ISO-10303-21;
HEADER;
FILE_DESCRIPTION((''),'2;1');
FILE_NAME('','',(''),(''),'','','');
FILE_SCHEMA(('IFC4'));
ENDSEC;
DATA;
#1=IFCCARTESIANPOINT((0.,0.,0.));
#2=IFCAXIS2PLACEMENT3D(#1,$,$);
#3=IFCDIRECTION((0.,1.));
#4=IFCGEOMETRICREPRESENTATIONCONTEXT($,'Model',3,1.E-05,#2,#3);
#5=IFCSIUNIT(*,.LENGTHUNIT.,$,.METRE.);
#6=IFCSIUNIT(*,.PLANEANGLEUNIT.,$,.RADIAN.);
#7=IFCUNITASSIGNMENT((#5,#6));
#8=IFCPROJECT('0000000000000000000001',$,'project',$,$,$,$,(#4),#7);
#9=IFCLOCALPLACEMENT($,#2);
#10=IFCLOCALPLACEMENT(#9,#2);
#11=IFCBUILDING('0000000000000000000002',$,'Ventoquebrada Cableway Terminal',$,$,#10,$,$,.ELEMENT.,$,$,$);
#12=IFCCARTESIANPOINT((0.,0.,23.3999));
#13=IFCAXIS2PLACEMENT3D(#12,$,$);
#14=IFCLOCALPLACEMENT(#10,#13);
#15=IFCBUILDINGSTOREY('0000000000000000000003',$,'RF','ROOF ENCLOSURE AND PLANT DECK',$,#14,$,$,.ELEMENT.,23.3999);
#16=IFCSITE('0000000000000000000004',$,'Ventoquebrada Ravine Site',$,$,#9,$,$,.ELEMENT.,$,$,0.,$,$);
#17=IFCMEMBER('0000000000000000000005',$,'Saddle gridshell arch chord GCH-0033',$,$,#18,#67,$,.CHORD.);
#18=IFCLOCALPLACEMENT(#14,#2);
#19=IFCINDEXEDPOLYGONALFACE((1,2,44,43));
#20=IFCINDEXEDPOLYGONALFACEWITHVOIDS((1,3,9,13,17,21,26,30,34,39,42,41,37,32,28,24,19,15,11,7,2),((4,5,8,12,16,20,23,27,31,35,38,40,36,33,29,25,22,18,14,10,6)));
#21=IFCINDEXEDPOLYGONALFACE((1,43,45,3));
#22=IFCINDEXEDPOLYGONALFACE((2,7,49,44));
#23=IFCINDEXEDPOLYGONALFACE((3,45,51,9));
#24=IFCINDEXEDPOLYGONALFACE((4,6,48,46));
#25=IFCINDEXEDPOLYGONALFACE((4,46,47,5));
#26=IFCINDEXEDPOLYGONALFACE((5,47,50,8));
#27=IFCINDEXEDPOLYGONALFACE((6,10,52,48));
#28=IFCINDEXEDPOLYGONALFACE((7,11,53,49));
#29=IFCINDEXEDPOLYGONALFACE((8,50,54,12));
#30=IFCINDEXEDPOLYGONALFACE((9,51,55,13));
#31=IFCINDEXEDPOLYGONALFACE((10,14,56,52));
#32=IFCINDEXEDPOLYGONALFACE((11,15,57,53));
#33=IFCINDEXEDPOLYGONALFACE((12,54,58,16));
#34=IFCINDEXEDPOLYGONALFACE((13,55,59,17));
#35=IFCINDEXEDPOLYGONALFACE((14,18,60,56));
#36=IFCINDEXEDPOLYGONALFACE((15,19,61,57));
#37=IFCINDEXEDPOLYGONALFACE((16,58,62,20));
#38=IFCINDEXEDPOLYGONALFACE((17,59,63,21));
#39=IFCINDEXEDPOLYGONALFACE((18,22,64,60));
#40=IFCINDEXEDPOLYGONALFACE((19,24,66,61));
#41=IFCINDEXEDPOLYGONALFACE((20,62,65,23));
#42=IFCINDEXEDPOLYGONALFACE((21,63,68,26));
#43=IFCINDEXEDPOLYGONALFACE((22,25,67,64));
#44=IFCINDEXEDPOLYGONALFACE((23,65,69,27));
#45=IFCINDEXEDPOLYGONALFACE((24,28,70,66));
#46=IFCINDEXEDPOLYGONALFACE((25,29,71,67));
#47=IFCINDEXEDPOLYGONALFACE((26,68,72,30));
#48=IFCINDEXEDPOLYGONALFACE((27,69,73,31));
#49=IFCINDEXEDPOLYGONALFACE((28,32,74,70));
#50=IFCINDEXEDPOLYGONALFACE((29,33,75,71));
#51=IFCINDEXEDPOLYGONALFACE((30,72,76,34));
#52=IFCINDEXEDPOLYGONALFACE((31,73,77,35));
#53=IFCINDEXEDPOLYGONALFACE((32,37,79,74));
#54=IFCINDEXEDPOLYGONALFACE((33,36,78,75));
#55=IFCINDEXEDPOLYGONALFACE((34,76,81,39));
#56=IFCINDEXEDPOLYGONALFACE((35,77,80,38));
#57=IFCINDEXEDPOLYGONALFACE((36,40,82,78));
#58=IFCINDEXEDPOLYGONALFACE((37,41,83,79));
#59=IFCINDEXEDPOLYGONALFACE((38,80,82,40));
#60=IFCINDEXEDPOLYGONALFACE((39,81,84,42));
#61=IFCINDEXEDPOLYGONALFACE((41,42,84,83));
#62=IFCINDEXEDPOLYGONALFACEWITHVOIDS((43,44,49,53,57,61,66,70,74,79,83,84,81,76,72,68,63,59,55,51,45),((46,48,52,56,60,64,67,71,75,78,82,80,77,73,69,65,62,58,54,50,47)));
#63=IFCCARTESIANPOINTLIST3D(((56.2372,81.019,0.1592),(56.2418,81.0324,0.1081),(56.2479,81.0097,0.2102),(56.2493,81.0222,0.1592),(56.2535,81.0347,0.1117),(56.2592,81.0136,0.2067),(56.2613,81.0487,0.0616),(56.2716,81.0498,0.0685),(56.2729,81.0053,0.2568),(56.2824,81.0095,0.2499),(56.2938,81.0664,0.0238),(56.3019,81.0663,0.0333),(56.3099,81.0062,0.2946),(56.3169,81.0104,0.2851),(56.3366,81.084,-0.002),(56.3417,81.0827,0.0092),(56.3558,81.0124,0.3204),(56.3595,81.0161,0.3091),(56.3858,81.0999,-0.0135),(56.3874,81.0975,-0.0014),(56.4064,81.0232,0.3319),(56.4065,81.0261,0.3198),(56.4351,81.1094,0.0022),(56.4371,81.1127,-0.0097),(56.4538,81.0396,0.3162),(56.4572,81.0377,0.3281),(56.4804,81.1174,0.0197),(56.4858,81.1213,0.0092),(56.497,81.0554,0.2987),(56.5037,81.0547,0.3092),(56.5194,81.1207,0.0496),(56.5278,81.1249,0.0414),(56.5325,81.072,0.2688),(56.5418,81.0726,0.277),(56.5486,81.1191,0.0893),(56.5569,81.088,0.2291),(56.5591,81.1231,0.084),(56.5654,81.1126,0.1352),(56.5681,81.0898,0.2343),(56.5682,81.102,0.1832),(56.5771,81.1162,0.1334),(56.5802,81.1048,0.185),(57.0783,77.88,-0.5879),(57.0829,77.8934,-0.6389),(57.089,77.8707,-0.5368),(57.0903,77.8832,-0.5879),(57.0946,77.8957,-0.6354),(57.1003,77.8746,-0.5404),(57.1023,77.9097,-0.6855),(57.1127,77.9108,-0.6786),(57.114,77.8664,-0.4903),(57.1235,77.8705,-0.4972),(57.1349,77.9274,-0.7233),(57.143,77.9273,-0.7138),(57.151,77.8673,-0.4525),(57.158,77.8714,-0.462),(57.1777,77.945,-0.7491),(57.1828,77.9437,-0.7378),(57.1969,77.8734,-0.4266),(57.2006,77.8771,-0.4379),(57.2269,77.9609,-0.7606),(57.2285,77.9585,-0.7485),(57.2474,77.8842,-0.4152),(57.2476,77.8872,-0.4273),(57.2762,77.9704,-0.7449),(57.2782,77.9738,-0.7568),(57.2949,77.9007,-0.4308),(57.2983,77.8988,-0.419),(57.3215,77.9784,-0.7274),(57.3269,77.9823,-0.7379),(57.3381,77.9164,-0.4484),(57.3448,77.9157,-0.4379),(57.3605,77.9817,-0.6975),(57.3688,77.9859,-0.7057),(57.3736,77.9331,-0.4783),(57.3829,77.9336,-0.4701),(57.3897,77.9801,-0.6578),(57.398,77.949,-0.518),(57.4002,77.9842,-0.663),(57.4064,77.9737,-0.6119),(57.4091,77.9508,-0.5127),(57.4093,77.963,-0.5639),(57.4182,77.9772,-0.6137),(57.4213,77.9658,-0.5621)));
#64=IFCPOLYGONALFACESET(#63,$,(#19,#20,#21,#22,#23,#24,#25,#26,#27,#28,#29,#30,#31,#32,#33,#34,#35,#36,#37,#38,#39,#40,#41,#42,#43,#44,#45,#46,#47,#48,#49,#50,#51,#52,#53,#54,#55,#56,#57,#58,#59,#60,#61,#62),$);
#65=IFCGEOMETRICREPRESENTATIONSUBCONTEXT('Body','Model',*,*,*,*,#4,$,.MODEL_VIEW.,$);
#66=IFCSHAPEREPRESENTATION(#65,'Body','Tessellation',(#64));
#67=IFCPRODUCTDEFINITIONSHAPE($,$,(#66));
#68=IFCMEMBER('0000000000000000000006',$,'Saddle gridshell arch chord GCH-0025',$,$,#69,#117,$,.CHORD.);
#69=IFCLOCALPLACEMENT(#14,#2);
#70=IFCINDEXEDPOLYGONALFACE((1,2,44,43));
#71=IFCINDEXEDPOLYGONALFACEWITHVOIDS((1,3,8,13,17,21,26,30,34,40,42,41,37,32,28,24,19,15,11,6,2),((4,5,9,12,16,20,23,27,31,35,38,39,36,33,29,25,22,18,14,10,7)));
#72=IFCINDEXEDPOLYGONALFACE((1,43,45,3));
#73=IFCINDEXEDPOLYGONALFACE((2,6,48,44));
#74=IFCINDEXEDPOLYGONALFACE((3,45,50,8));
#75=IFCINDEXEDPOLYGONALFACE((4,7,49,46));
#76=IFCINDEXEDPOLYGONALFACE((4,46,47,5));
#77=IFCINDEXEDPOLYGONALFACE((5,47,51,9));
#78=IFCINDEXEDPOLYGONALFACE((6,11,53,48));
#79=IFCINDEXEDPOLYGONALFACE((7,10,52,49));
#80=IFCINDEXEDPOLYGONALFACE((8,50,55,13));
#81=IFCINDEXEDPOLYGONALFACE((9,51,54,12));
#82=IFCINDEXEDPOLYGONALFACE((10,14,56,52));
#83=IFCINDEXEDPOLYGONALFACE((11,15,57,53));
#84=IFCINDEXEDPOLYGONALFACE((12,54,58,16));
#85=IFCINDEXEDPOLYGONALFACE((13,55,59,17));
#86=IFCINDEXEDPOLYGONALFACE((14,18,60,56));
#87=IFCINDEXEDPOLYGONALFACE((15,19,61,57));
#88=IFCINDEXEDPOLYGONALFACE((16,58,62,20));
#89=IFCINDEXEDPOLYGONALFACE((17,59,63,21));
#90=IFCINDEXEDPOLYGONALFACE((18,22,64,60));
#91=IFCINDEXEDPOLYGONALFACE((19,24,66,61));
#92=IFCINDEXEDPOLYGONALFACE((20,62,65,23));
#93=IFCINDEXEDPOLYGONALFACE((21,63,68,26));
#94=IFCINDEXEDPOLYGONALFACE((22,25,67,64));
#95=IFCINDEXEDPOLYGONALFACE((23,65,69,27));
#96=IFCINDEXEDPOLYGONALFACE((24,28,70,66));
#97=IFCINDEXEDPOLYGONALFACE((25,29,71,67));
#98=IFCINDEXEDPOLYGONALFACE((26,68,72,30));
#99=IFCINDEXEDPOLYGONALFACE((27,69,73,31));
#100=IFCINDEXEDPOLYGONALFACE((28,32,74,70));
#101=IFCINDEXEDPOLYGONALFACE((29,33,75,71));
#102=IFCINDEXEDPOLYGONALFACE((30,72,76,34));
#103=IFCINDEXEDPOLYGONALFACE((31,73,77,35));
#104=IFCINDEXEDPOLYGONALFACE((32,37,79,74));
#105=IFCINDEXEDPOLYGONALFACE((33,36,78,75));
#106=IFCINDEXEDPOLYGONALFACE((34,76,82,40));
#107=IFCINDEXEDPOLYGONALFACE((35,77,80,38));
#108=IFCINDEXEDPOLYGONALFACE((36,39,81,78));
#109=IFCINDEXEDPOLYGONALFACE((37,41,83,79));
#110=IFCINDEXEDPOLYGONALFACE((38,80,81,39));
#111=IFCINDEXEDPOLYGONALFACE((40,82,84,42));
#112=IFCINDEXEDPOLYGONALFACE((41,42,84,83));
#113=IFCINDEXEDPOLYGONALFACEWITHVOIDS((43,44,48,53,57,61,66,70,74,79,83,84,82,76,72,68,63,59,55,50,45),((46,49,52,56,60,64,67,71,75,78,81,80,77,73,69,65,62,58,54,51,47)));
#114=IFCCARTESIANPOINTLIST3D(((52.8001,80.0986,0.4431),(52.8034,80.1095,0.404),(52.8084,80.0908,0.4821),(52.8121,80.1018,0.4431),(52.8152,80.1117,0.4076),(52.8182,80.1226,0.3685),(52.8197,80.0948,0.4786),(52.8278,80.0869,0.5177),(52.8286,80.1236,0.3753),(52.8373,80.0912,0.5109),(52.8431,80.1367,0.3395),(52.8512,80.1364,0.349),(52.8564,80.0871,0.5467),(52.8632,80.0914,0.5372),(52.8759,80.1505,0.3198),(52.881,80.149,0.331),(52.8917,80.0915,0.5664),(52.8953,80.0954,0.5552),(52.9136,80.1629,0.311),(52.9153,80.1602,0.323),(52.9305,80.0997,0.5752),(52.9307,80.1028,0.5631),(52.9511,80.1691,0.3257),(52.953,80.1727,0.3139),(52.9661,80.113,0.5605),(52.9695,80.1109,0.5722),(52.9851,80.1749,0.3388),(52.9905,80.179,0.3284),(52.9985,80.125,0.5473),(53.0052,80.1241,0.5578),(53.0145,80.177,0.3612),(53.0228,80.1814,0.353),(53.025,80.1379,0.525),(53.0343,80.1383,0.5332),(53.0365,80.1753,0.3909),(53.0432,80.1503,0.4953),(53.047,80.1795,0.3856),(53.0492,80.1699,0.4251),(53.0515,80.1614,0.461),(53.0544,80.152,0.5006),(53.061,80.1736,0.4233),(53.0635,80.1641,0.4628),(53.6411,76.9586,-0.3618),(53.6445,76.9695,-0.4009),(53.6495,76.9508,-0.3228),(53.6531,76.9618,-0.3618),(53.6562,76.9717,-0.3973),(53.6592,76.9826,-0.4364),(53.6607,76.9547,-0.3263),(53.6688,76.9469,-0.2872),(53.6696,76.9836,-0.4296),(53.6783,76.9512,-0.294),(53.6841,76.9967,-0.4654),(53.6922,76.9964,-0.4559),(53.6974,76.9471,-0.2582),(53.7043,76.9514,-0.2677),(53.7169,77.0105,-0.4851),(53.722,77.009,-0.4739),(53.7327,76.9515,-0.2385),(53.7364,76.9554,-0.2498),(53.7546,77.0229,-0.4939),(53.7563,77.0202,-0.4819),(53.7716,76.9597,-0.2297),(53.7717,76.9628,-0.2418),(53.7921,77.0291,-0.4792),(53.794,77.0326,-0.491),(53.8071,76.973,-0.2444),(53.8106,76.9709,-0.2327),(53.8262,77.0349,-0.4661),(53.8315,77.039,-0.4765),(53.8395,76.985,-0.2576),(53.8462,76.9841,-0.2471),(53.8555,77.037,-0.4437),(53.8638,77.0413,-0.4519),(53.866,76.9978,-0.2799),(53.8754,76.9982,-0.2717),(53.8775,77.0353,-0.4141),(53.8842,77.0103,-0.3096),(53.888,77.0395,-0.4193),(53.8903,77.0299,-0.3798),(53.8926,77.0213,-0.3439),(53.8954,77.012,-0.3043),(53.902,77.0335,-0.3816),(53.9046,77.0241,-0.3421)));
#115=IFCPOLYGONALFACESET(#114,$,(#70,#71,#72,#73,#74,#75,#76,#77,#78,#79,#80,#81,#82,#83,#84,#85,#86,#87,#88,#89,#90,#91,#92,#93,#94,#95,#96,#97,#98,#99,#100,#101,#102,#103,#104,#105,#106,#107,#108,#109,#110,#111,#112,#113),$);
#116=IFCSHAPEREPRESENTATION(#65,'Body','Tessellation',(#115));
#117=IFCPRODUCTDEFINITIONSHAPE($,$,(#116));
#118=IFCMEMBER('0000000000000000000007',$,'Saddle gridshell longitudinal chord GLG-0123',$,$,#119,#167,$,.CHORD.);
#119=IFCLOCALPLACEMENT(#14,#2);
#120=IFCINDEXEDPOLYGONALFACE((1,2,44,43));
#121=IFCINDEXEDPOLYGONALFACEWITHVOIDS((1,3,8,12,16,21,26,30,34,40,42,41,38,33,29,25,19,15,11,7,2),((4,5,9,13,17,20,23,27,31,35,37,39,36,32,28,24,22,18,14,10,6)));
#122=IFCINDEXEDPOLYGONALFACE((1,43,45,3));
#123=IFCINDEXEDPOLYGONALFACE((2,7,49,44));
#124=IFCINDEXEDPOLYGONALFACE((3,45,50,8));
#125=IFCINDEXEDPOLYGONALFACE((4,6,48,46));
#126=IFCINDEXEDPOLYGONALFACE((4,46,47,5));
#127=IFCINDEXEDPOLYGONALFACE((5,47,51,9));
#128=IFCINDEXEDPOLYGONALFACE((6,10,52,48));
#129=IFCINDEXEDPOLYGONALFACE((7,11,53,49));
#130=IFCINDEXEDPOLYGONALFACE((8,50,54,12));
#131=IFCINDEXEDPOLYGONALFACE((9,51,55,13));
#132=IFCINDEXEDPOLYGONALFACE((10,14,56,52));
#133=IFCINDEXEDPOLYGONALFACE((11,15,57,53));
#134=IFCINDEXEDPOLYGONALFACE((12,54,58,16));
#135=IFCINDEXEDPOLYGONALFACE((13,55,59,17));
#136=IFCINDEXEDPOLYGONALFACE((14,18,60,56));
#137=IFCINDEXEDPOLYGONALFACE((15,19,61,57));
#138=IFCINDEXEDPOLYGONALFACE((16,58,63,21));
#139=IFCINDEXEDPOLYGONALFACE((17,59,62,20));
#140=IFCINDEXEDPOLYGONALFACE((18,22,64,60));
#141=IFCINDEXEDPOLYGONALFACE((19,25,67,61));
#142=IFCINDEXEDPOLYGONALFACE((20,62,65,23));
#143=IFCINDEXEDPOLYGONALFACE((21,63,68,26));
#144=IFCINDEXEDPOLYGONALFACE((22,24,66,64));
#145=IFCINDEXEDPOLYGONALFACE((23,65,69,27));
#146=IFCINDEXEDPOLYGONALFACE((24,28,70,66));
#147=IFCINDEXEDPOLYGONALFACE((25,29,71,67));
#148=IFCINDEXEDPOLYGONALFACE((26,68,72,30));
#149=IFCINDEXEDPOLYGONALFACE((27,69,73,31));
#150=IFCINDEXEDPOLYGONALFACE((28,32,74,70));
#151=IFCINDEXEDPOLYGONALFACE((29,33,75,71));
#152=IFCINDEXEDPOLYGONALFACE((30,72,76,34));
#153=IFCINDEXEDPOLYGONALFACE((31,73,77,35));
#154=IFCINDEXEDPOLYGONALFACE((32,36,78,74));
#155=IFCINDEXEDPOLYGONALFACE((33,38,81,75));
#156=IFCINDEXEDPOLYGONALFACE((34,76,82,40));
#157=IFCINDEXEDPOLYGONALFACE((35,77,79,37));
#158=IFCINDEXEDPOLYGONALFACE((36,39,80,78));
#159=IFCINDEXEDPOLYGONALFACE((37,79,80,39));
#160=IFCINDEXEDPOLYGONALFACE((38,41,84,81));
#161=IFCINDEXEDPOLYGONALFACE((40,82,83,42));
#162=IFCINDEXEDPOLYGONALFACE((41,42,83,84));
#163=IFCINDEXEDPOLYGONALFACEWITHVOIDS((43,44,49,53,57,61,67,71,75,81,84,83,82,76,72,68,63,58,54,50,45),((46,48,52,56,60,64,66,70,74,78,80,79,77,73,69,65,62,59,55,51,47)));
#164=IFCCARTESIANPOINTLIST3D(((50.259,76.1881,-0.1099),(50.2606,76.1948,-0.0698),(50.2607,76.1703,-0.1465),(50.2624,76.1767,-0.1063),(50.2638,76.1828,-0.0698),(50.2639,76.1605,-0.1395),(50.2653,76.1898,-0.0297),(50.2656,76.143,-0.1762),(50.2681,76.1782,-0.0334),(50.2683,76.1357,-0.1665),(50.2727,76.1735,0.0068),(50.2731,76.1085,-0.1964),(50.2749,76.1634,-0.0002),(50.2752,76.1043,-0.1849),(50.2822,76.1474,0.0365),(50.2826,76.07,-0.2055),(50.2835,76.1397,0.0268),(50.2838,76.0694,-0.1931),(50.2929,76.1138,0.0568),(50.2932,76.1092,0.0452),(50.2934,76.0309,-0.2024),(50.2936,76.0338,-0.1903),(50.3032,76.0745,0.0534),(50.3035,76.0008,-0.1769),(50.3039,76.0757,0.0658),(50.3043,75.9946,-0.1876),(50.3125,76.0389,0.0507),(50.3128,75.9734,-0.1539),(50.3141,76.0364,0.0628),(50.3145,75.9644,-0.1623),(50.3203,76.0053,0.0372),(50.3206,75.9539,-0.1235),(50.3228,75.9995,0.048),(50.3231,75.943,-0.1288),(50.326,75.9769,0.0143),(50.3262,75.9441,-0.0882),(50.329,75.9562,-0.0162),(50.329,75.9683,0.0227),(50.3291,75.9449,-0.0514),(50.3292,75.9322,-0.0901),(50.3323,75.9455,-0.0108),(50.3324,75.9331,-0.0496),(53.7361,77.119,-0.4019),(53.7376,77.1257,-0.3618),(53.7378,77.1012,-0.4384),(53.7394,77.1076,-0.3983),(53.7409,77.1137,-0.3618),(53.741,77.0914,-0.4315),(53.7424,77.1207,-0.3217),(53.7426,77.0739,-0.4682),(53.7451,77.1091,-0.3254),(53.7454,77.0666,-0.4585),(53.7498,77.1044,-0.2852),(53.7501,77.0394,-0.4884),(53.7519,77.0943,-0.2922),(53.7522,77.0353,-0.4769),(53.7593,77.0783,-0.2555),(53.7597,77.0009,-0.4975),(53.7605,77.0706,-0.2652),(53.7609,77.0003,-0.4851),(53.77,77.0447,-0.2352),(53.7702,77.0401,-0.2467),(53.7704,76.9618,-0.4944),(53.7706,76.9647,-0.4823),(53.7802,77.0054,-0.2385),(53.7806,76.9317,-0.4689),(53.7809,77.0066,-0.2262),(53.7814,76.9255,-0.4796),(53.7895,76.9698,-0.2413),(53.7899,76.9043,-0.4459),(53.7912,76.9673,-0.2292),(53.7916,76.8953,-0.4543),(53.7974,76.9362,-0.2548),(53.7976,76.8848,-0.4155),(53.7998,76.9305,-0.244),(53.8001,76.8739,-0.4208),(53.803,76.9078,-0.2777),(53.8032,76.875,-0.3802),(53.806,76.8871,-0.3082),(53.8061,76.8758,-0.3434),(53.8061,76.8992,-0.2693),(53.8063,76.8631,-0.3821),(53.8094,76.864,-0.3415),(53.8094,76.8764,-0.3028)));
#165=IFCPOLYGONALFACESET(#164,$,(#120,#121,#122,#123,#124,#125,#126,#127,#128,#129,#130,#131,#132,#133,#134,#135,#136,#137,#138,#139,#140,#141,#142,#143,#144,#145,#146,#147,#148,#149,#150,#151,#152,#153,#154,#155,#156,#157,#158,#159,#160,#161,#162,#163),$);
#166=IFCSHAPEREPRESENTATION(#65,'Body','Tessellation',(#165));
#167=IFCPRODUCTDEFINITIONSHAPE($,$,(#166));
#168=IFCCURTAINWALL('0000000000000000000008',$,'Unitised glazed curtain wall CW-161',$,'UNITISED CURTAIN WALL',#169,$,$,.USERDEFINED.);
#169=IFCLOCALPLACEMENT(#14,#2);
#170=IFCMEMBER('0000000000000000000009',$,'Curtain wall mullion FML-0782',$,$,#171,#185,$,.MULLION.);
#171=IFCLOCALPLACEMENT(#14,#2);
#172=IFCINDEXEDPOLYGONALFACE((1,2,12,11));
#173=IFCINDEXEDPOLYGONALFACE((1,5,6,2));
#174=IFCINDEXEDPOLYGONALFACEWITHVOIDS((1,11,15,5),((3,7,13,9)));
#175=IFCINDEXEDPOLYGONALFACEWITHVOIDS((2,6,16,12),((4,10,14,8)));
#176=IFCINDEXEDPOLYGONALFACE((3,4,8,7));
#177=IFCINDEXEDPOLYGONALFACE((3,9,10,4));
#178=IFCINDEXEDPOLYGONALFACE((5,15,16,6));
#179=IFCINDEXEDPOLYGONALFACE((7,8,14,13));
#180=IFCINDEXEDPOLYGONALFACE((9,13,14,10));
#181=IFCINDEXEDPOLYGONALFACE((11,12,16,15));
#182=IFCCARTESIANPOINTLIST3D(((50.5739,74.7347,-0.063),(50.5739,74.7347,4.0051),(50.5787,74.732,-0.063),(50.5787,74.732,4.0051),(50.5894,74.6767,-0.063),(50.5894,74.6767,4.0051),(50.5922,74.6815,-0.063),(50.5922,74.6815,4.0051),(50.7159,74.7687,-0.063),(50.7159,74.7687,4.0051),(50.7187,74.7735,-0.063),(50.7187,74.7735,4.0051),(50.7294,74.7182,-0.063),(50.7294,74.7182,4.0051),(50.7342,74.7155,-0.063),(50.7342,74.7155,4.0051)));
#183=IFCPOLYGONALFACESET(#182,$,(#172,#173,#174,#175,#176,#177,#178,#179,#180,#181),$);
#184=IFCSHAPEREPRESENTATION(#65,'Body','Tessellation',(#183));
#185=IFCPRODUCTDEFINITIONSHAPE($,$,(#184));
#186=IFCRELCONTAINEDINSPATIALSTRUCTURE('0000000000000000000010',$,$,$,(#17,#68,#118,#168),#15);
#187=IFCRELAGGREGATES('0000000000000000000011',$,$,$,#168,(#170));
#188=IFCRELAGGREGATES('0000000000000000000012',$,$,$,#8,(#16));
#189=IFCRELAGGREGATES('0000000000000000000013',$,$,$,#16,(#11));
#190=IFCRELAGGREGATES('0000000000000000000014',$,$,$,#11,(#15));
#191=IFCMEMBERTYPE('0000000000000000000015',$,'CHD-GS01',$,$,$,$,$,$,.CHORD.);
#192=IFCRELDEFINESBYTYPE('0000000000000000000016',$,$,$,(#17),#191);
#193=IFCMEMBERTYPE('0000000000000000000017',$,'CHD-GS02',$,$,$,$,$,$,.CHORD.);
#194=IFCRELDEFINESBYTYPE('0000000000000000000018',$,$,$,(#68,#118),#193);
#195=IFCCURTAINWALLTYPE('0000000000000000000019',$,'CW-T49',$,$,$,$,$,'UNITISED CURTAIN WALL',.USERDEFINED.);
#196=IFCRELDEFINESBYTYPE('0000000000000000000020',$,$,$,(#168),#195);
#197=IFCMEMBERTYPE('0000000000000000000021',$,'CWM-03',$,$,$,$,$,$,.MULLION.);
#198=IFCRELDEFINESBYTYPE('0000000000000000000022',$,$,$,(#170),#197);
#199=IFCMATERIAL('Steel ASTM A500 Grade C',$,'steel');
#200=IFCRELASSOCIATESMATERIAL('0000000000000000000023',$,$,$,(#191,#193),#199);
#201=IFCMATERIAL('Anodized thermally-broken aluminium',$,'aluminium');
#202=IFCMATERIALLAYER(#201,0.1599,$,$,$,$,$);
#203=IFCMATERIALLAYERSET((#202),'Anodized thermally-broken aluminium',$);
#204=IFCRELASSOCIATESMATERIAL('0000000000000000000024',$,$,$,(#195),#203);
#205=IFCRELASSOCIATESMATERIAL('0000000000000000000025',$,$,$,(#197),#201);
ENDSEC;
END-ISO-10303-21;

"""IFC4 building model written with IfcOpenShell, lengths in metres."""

from ifc_helpers import new_model, si_unit, direction, frame, origin, origin_2d, place, context, subcontext, project, spatial, hollow_rectangle, hollow_circle, extrude, material, layer, layer_set, material_profile, profile_set, type_object, element, aggregate, save


model = new_model("IFC4")

# Units and contexts
model_context = context("Model", 3, precision=1e-05, world=origin(), true_north=direction((0.0, 1.0)))
body_context = subcontext(model_context, "Body", "Model", "MODEL_VIEW")
ifc_project = project(units=[si_unit("LENGTHUNIT", "METRE"), si_unit("PLANEANGLEUNIT", "RADIAN")], contexts=[model_context])

# Site, building, storey
site_placement = place(None, origin())
site = spatial("IfcSite", under=ifc_project, at=site_placement, Name="Ventoquebrada Ravine Site", CompositionType="ELEMENT", RefElevation=0.0)
building_placement = place(site_placement, origin())
building = spatial("IfcBuilding", under=site, at=building_placement, Name="Ventoquebrada Cableway Terminal", CompositionType="ELEMENT")
storey_placement = place(building_placement, frame((0.0, 0.0, 23.3999)))
storey = spatial("IfcBuildingStorey", under=building, at=storey_placement, Name="RF", Description="ROOF ENCLOSURE AND PLANT DECK", CompositionType="ELEMENT", Elevation=23.3999)

# Members
ifc_material_1 = material(Name="Steel ASTM A500 Grade C", Category="steel")
ifc_material_profile_1 = material_profile(ifc_material_1, hollow_circle(Radius=0.1777, WallThickness=0.0125, at=origin_2d()), Name="CHS355.6X12.5")
ifc_profile_set_1 = profile_set([ifc_material_profile_1], Name="Steel ASTM A500 Grade C")
member_type_1 = type_object("IfcMemberType", Name="CHD-GS01", PredefinedType="CHORD", material=ifc_profile_set_1)
member_1_placement = place(storey_placement, frame((57.25, 77.926, -0.5879), z_axis=(-0.252238, 0.94137, 0.224049), x_axis=(-0.965926, -0.258817, 0.0)))
element("IfcMember", 1, at=member_1_placement, inside=storey, type_object=member_type_1, Name="Saddle gridshell arch chord GCH-0033", PredefinedType="CHORD", context=body_context, shape_type="SweptSolid", body=[
    extrude(hollow_circle(Radius=0.1777, WallThickness=0.0125, at=origin_2d()), origin(), (0.0, 0.0, 1.0), 3.3345),
])
ifc_material_profile_2 = material_profile(ifc_material_1, hollow_circle(Radius=0.1365, WallThickness=0.0125, at=origin_2d()), Name="CHS273.0X12.5")
ifc_profile_set_2 = profile_set([ifc_material_profile_2], Name="Steel ASTM A500 Grade C")
member_type_2 = type_object("IfcMemberType", Name="CHD-GS02", PredefinedType="CHORD", material=ifc_profile_set_2)
member_2_placement = place(storey_placement, frame((53.7729, 76.9939, -0.3618), z_axis=(-0.251139, 0.937636, 0.24035), x_axis=(-0.965951, -0.258724, 0.0)))
element("IfcMember", 2, at=member_2_placement, inside=storey, type_object=member_type_2, Name="Saddle gridshell arch chord GCH-0025", PredefinedType="CHORD", context=body_context, shape_type="SweptSolid", body=[
    extrude(hollow_circle(Radius=0.1365, WallThickness=0.0125, at=origin_2d()), origin(), (0.0, 0.0, 1.0), 3.3489),
])
member_3_placement = place(storey_placement, frame((50.2959, 76.063, -0.0698), z_axis=(0.962816, 0.257774, -0.080854), x_axis=(-0.258621, 0.965979, 0.0)))
element("IfcMember", 3, at=member_3_placement, inside=storey, type_object=member_type_2, Name="Saddle gridshell longitudinal chord GLG-0123", PredefinedType="CHORD", context=body_context, shape_type="SweptSolid", body=[
    extrude(hollow_circle(Radius=0.1365, WallThickness=0.0125, at=origin_2d()), origin(), (0.0, 0.0, 1.0), 3.6113),
])

# Curtain wall, member
ifc_material_2 = material(Name="Anodized thermally-broken aluminium", Category="aluminium")
ifc_layer_1 = layer(ifc_material_2, 0.1599)
ifc_layer_set_1 = layer_set([ifc_layer_1], Name="Anodized thermally-broken aluminium")
curtain_wall_type_1 = type_object("IfcCurtainWallType", Name="CW-T49", ElementType="UNITISED CURTAIN WALL", PredefinedType="USERDEFINED", material=ifc_layer_set_1)
curtain_wall_1_placement = place(storey_placement, origin())
curtain_wall_1 = element("IfcCurtainWall", 4, at=curtain_wall_1_placement, inside=storey, type_object=curtain_wall_type_1, Name="Unitised glazed curtain wall CW-161", ObjectType="UNITISED CURTAIN WALL", PredefinedType="USERDEFINED")
ifc_material_profile_3 = material_profile(ifc_material_2, hollow_rectangle(XDim=0.0601, YDim=0.1499, WallThickness=0.0039, at=origin_2d()), Name="CW-MUL-60X150")
ifc_profile_set_3 = profile_set([ifc_material_profile_3], Name="Anodized thermally-broken aluminium")
member_type_3 = type_object("IfcMemberType", Name="CWM-03", PredefinedType="MULLION", material=ifc_profile_set_3)
member_4_placement = place(storey_placement, frame((50.6541, 74.7251, -0.063), z_axis=(0.0, 0.0, 1.0), x_axis=(0.258718, -0.965953, 0.0)))
member_4 = element("IfcMember", 5, at=member_4_placement, type_object=member_type_3, Name="Curtain wall mullion FML-0782", PredefinedType="MULLION", context=body_context, shape_type="SweptSolid", body=[
    extrude(hollow_rectangle(XDim=0.0601, YDim=0.1499, WallThickness=0.0039, at=origin_2d()), origin(), (0.0, 0.0, 1.0), 4.0681),
])

aggregate(curtain_wall_1, [member_4])

save(model, "model.ifc")
